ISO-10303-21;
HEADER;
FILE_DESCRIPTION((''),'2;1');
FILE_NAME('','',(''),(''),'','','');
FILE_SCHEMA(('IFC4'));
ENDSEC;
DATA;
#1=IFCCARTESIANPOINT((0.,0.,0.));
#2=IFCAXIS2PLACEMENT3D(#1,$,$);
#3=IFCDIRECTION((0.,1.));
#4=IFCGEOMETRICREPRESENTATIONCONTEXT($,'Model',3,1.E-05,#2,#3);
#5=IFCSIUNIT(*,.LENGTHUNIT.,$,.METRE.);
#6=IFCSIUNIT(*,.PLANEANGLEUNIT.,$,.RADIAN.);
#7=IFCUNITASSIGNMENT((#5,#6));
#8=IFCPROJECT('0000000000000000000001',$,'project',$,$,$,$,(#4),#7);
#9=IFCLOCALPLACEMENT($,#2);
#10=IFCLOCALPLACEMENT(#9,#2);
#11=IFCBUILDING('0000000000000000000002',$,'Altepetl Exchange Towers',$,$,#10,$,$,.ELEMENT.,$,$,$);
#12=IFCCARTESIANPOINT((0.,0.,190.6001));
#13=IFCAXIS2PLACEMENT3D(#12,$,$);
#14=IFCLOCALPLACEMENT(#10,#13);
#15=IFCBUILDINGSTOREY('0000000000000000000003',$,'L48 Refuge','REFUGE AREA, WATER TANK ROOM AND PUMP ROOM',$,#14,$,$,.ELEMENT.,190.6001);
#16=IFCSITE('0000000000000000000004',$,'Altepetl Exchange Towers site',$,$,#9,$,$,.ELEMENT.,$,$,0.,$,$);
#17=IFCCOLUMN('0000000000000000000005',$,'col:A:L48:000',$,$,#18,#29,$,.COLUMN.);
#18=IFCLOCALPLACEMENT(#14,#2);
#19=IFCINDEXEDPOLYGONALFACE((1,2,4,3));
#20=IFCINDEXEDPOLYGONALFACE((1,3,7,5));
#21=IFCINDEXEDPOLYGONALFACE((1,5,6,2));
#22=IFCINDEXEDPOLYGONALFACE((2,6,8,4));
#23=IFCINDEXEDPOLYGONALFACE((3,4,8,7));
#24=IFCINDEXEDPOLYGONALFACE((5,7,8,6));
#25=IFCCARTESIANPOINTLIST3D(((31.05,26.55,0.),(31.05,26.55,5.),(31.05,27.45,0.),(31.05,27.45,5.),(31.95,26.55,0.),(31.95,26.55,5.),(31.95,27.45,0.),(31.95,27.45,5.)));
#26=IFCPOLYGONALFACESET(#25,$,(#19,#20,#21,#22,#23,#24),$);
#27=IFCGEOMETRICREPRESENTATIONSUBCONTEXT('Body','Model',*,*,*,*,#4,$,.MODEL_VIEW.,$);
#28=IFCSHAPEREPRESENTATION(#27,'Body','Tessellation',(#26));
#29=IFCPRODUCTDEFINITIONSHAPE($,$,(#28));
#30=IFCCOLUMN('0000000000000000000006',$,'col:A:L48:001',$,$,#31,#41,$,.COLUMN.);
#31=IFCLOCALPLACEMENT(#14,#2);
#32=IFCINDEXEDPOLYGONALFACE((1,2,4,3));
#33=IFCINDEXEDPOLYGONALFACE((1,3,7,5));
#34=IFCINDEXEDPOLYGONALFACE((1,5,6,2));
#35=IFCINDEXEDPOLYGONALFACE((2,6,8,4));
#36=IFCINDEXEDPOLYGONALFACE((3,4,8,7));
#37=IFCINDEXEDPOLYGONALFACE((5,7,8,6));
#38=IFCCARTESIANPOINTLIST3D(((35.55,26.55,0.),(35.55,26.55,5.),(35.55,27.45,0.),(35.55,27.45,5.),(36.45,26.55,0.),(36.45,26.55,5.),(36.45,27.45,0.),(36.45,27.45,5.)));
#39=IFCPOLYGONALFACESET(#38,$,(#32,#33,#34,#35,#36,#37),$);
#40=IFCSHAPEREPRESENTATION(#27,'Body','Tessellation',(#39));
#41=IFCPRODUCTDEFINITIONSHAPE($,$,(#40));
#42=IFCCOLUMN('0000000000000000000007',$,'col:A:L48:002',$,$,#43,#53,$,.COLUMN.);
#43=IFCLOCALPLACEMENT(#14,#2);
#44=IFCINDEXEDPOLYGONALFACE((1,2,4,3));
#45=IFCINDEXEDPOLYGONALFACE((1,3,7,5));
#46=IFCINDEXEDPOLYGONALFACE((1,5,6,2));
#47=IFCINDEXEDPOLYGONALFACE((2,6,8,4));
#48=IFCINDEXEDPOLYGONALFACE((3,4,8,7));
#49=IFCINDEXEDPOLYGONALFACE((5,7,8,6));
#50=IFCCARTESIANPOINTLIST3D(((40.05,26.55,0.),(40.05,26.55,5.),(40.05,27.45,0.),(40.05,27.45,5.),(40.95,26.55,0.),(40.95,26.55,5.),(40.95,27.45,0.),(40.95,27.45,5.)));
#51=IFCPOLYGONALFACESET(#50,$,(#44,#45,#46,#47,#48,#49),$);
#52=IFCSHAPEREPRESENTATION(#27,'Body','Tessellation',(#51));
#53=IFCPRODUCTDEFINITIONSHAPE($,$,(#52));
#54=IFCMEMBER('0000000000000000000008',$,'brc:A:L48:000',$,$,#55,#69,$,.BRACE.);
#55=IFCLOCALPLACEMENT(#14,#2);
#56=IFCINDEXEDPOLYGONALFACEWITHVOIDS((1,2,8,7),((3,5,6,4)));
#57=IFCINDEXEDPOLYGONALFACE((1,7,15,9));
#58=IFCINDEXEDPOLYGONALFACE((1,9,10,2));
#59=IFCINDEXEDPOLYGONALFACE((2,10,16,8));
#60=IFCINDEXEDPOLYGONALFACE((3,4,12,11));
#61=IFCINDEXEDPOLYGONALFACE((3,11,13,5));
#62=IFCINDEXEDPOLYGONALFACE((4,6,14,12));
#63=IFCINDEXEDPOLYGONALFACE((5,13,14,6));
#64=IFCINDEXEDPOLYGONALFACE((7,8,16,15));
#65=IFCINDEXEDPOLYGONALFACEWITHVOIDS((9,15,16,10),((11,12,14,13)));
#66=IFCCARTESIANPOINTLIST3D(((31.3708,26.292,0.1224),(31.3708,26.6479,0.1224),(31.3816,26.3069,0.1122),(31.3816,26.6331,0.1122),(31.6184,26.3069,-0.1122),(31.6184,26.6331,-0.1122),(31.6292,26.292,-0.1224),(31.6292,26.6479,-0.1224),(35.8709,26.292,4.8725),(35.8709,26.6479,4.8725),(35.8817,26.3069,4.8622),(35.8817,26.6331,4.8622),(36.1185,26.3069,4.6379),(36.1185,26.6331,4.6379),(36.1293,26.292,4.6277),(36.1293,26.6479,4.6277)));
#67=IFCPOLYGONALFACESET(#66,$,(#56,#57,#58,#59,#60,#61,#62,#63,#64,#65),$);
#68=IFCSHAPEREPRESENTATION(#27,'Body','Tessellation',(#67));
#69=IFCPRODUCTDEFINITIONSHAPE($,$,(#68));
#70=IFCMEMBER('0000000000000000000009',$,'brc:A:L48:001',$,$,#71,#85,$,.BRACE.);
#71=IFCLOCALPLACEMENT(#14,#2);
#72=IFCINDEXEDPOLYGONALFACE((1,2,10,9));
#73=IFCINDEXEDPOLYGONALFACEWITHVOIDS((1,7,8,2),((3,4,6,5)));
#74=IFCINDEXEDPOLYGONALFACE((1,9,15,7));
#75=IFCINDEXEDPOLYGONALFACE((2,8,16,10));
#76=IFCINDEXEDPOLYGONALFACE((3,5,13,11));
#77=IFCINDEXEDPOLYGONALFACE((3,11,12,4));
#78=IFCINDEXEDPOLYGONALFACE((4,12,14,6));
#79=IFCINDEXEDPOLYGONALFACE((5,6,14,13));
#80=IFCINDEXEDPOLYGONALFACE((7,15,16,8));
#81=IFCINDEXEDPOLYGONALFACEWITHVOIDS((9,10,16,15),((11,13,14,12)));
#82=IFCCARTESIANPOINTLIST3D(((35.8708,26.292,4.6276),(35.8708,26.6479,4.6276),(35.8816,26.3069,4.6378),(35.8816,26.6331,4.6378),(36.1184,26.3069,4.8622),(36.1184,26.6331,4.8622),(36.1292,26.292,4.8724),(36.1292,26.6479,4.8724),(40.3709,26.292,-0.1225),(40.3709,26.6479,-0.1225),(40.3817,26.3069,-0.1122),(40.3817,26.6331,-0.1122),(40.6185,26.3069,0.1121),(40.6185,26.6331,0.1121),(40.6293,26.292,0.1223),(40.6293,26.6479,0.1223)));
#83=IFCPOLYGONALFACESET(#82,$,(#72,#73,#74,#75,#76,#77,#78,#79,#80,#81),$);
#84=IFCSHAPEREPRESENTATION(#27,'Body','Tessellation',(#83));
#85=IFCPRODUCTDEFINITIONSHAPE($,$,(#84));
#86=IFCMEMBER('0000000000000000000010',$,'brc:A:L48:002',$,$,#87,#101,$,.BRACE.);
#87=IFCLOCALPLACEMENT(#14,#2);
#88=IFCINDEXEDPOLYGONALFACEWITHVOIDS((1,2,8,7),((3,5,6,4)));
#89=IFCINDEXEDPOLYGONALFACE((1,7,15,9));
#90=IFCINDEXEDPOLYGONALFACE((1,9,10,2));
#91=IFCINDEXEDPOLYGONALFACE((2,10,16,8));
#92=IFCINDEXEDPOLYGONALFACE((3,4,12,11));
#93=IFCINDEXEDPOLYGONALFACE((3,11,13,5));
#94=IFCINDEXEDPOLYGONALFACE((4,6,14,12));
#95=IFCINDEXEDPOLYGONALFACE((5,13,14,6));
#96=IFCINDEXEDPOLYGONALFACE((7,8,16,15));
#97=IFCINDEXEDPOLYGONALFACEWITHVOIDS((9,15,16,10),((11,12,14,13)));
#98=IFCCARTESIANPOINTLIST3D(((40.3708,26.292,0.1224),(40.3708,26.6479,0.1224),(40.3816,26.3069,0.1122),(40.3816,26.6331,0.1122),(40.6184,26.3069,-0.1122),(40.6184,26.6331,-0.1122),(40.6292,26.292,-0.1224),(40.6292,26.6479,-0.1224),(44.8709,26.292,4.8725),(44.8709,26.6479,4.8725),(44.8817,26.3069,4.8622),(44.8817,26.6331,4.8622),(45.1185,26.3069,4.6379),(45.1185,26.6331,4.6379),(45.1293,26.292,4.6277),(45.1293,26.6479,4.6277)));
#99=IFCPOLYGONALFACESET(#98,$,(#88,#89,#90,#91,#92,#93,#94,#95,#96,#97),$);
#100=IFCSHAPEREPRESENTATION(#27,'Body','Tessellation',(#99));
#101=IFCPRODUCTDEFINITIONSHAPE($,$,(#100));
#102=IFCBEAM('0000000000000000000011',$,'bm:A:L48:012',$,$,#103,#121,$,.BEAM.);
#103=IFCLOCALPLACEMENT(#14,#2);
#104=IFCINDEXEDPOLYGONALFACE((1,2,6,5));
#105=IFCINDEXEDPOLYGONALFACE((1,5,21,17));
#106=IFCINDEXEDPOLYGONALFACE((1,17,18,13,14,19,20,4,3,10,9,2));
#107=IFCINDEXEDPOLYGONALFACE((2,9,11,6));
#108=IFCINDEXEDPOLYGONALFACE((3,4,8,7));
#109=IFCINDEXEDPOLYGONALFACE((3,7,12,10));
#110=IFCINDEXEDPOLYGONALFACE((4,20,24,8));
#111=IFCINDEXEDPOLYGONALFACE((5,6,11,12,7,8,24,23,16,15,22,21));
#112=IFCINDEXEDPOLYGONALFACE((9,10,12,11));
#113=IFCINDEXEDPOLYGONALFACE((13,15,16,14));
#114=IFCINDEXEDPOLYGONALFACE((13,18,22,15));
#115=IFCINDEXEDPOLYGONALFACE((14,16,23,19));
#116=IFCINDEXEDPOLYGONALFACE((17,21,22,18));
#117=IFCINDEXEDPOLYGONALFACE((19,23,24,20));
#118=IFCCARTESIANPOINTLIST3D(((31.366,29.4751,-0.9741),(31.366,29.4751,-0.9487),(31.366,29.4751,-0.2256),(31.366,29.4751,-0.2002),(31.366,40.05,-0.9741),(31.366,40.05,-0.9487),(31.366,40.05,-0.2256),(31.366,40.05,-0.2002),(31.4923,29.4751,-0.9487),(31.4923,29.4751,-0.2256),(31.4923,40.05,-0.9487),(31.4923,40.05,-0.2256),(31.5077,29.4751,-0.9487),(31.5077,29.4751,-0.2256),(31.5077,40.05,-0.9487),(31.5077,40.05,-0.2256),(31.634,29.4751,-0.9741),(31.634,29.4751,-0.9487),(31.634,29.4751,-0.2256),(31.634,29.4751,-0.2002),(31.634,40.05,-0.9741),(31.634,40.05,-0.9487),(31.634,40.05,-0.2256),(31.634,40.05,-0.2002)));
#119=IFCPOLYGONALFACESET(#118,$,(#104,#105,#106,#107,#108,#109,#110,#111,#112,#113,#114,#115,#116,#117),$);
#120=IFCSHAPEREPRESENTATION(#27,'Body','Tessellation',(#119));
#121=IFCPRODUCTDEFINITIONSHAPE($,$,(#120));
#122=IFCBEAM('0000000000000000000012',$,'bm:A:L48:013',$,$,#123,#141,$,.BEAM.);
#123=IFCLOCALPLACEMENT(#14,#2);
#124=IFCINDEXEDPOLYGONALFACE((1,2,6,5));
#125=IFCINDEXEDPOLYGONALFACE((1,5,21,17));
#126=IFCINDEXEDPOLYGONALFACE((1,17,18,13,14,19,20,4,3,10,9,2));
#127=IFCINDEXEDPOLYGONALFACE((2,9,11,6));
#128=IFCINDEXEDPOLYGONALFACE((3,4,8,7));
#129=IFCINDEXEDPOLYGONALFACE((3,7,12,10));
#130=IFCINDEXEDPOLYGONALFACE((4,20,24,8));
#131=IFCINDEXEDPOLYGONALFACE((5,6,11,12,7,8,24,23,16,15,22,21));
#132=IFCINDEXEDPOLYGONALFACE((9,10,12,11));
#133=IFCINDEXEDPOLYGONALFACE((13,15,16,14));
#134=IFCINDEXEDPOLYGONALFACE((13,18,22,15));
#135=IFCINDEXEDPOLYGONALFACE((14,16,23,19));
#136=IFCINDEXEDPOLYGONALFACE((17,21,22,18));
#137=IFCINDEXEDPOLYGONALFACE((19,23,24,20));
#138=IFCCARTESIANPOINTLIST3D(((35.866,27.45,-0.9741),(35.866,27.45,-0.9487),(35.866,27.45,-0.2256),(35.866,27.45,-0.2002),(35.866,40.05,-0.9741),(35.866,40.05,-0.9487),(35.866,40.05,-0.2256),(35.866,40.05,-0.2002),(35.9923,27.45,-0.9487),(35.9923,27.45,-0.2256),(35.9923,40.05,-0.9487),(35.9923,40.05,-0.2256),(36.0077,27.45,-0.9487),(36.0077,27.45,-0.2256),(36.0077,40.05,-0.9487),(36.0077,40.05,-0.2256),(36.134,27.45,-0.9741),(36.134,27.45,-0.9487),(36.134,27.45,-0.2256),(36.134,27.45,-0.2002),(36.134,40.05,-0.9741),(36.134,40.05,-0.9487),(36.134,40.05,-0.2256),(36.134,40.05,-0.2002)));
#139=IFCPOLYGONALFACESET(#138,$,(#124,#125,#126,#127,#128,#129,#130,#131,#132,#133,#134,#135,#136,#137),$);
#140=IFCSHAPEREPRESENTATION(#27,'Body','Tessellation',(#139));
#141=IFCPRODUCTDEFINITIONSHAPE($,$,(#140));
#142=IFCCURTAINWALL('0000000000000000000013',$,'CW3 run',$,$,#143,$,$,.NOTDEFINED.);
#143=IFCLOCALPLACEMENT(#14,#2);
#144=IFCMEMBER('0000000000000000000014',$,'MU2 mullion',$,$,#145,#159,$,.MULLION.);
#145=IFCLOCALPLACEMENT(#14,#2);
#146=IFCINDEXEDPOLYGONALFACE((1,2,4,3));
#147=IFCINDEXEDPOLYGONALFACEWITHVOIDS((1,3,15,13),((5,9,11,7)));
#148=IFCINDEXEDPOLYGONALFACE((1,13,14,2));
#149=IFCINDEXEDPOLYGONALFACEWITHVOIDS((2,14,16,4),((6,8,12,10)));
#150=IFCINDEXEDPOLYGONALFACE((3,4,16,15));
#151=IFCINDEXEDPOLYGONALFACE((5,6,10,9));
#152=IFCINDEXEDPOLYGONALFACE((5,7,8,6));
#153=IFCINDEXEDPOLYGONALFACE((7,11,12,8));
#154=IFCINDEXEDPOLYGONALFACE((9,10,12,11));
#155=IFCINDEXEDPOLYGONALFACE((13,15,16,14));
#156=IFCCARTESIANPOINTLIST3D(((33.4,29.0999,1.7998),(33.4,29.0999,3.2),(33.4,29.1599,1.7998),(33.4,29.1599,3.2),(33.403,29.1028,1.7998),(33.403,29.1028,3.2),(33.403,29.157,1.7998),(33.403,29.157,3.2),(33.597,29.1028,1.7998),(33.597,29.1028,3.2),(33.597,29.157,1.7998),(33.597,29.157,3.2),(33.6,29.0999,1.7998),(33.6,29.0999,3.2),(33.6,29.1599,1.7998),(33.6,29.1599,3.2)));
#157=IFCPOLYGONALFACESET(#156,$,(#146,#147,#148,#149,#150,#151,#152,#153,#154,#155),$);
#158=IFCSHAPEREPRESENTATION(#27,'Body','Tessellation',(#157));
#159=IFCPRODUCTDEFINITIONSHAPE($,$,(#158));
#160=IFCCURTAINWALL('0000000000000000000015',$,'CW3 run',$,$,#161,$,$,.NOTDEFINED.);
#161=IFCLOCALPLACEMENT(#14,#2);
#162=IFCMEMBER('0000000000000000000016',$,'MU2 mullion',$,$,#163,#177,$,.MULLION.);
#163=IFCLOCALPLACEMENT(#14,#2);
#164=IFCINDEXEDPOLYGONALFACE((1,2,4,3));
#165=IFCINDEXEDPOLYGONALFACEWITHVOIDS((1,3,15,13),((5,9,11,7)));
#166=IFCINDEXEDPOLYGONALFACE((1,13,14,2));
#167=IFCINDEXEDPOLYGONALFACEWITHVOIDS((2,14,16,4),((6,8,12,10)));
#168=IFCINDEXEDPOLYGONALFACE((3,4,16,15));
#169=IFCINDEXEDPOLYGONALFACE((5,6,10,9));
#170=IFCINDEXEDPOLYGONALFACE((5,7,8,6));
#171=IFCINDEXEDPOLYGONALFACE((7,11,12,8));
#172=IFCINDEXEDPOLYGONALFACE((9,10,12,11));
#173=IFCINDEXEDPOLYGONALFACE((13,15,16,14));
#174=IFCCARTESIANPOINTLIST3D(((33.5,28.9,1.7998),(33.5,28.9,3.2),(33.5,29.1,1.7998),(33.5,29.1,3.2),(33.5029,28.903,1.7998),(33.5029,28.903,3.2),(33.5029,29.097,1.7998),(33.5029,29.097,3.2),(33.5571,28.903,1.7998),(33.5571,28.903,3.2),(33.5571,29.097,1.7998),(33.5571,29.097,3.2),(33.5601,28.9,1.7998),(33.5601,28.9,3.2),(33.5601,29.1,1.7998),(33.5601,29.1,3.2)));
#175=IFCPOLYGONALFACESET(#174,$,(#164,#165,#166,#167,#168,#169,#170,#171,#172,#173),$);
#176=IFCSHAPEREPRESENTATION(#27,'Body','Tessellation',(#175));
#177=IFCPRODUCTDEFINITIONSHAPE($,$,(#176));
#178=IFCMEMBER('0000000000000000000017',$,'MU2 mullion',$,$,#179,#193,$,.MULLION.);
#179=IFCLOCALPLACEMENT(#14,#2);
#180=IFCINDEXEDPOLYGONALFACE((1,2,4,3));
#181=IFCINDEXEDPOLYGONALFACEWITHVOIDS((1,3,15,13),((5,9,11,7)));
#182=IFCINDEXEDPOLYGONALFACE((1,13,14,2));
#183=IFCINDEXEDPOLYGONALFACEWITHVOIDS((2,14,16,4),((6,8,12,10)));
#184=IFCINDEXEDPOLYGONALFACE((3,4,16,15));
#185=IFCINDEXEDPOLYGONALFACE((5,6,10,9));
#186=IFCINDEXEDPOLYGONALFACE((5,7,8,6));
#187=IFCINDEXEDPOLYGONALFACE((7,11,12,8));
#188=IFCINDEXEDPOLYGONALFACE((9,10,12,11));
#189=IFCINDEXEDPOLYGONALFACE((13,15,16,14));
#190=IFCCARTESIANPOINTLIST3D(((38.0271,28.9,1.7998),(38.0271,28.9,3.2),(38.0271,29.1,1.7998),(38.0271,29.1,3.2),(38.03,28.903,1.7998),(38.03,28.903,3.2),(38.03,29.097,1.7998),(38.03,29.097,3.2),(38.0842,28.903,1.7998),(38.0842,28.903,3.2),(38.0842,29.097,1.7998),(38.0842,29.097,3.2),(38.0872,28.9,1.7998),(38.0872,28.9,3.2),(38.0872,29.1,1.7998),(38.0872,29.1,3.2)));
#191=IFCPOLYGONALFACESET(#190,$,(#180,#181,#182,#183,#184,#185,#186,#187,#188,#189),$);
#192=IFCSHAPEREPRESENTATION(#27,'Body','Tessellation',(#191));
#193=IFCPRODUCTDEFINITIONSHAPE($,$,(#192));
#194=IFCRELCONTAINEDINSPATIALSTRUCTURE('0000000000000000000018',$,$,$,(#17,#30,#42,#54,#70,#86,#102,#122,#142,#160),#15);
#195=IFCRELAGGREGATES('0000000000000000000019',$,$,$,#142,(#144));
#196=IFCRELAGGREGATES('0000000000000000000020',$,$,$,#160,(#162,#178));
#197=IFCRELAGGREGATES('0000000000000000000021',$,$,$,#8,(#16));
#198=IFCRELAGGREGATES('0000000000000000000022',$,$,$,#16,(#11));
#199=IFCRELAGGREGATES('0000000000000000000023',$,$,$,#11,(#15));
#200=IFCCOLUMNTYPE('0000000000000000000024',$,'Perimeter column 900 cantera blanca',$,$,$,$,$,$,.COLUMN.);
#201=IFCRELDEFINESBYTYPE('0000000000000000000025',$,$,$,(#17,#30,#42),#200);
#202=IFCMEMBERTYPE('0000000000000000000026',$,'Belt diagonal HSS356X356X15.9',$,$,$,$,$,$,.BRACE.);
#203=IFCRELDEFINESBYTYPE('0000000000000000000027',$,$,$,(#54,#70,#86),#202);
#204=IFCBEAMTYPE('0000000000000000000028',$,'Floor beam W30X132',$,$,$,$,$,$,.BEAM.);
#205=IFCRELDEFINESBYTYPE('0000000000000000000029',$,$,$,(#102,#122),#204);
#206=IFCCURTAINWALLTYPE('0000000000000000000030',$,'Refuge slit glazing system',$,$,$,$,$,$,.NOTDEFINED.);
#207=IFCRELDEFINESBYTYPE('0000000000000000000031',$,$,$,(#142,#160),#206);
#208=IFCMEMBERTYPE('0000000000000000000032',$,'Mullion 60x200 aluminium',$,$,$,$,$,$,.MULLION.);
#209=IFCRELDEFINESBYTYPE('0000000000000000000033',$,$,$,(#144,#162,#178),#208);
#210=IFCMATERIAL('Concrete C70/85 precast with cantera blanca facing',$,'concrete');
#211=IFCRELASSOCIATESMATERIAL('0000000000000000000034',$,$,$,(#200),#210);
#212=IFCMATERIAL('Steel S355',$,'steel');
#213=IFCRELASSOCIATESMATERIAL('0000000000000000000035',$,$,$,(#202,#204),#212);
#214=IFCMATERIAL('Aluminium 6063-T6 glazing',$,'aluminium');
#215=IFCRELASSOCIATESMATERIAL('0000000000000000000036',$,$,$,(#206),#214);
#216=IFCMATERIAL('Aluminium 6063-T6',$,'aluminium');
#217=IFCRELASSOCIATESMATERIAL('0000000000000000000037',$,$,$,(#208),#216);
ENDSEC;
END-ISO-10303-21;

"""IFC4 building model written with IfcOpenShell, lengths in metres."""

from ifc_helpers import new_model, si_unit, direction, frame, origin, origin_2d, place, context, subcontext, project, spatial, rectangle, hollow_rectangle, i_section, extrude, material, material_profile, profile_set, type_object, element, aggregate, save


model = new_model("IFC4")

# Units and contexts
model_context = context("Model", 3, precision=1e-05, world=origin(), true_north=direction((0.0, 1.0)))
body_context = subcontext(model_context, "Body", "Model", "MODEL_VIEW")
ifc_project = project(units=[si_unit("LENGTHUNIT", "METRE"), si_unit("PLANEANGLEUNIT", "RADIAN")], contexts=[model_context])

# Site, building, storey
site_placement = place(None, origin())
site = spatial("IfcSite", under=ifc_project, at=site_placement, Name="Altepetl Exchange Towers site", CompositionType="ELEMENT", RefElevation=0.0)
building_placement = place(site_placement, origin())
building = spatial("IfcBuilding", under=site, at=building_placement, Name="Altepetl Exchange Towers", CompositionType="ELEMENT")
storey_placement = place(building_placement, frame((0.0, 0.0, 190.6001)))
storey = spatial("IfcBuildingStorey", under=building, at=storey_placement, Name="L48 Refuge", Description="REFUGE AREA, WATER TANK ROOM AND PUMP ROOM", CompositionType="ELEMENT", Elevation=190.6001)

# Columns
ifc_material_1 = material(Name="Concrete C70/85 precast with cantera blanca facing", Category="concrete")
ifc_material_profile_1 = material_profile(ifc_material_1, rectangle(XDim=0.8999, YDim=0.8999, at=origin_2d()), Name="900 x 900")
ifc_profile_set_1 = profile_set([ifc_material_profile_1], Name="Concrete C70/85 precast with cantera blanca facing")
column_type = type_object("IfcColumnType", Name="Perimeter column 900 cantera blanca", PredefinedType="COLUMN", material=ifc_profile_set_1)
for number, where, name in (
    (1, (31.5, 27.0, 0.0), "col:A:L48:000"),
    (2, (36.0, 27.0, 0.0), "col:A:L48:001"),
    (3, (40.5, 27.0, 0.0), "col:A:L48:002"),
):
    element("IfcColumn", number, at=place(storey_placement, frame(where)), inside=storey, type_object=column_type, Name=name, PredefinedType="COLUMN", context=body_context, shape_type="SweptSolid", body=[
        extrude(rectangle(XDim=0.8999, YDim=0.8999, at=origin_2d()), origin(), (0.0, 0.0, 1.0), 5.0),
    ])

# Members
ifc_material_2 = material(Name="Steel S355", Category="steel")
ifc_material_profile_2 = material_profile(ifc_material_2, hollow_rectangle(XDim=0.356, YDim=0.356, WallThickness=0.0149, at=origin_2d()), Name="HSS356X356X15.9")
ifc_profile_set_2 = profile_set([ifc_material_profile_2], Name="Steel S355")
member_type_1 = type_object("IfcMemberType", Name="Belt diagonal HSS356X356X15.9", PredefinedType="BRACE", material=ifc_profile_set_2)
for number, where, z_axis, x_axis, name in (
    (4, (31.5, 26.47, 0.0), (0.687745, 0.0, 0.725953), (0.0, 1.0, 0.0), "brc:A:L48:000"),
    (5, (36.0, 26.47, 4.75), (0.687745, 0.0, -0.725953), (0.0, 1.0, 0.0), "brc:A:L48:001"),
    (6, (40.5, 26.47, 0.0), (0.687745, 0.0, 0.725953), (0.0, 1.0, 0.0), "brc:A:L48:002"),
):
    element("IfcMember", number, at=place(storey_placement, frame(where, z_axis=z_axis, x_axis=x_axis)), inside=storey, type_object=member_type_1, Name=name, PredefinedType="BRACE", context=body_context, shape_type="SweptSolid", body=[
        extrude(hollow_rectangle(XDim=0.356, YDim=0.356, WallThickness=0.0149, at=origin_2d()), origin(), (0.0, 0.0, 1.0), 6.5432),
    ])

# Beams
ifc_material_profile_3 = material_profile(ifc_material_2, i_section(OverallWidth=0.2681, OverallDepth=0.7739, WebThickness=0.0154, FlangeThickness=0.0254, at=origin_2d()), Name="W30X132")
ifc_profile_set_3 = profile_set([ifc_material_profile_3], Name="Steel S355")
beam_type_1 = type_object("IfcBeamType", Name="Floor beam W30X132", PredefinedType="BEAM", material=ifc_profile_set_3)
beam_1_placement = place(storey_placement, frame((31.5, 29.4751, -0.5872), z_axis=(0.0, 1.0, 0.0), x_axis=(-1.0, 0.0, 0.0)))
element("IfcBeam", 7, at=beam_1_placement, inside=storey, type_object=beam_type_1, Name="bm:A:L48:012", PredefinedType="BEAM", context=body_context, shape_type="SweptSolid", body=[
    extrude(i_section(OverallWidth=0.2681, OverallDepth=0.7739, WebThickness=0.0154, FlangeThickness=0.0254, at=origin_2d()), origin(), (0.0, 0.0, 1.0), 10.575),
])
beam_2_placement = place(storey_placement, frame((36.0, 27.45, -0.5872), z_axis=(0.0, 1.0, 0.0), x_axis=(-1.0, 0.0, 0.0)))
element("IfcBeam", 8, at=beam_2_placement, inside=storey, type_object=beam_type_1, Name="bm:A:L48:013", PredefinedType="BEAM", context=body_context, shape_type="SweptSolid", body=[
    extrude(i_section(OverallWidth=0.2681, OverallDepth=0.7739, WebThickness=0.0154, FlangeThickness=0.0254, at=origin_2d()), origin(), (0.0, 0.0, 1.0), 12.6001),
])

# Curtain wall, member
ifc_material_3 = material(Name="Aluminium 6063-T6 glazing", Category="aluminium")
curtain_wall_type = type_object("IfcCurtainWallType", Name="Refuge slit glazing system", PredefinedType="NOTDEFINED", material=ifc_material_3)
curtain_wall_1_placement = place(storey_placement, origin())
curtain_wall_1 = element("IfcCurtainWall", 9, at=curtain_wall_1_placement, inside=storey, type_object=curtain_wall_type, Name="CW3 run", PredefinedType="NOTDEFINED")
ifc_material_4 = material(Name="Aluminium 6063-T6", Category="aluminium")
ifc_material_profile_4 = material_profile(ifc_material_4, hollow_rectangle(XDim=0.0601, YDim=0.2, WallThickness=0.0029, at=origin_2d()), Name="Mullion 60x200 aluminium")
ifc_profile_set_4 = profile_set([ifc_material_profile_4], Name="Aluminium 6063-T6")
member_type_2 = type_object("IfcMemberType", Name="Mullion 60x200 aluminium", PredefinedType="MULLION", material=ifc_profile_set_4)
member_1_placement = place(storey_placement, frame((33.5, 29.1299, 1.7998), z_axis=(0.0, 0.0, 1.0), x_axis=(0.0, -1.0, 0.0)))
member_1 = element("IfcMember", 10, at=member_1_placement, type_object=member_type_2, Name="MU2 mullion", PredefinedType="MULLION", context=body_context, shape_type="SweptSolid", body=[
    extrude(hollow_rectangle(XDim=0.0601, YDim=0.2, WallThickness=0.0029, at=origin_2d()), origin(), (0.0, 0.0, 1.0), 1.4001),
])

# Curtain wall, members
curtain_wall_2_placement = place(storey_placement, origin())
curtain_wall_2 = element("IfcCurtainWall", 11, at=curtain_wall_2_placement, inside=storey, type_object=curtain_wall_type, Name="CW3 run", PredefinedType="NOTDEFINED")
member_2_placement = place(storey_placement, frame((33.53, 29.0, 1.7998)))
member_2 = element("IfcMember", 12, at=member_2_placement, type_object=member_type_2, Name="MU2 mullion", PredefinedType="MULLION", context=body_context, shape_type="SweptSolid", body=[
    extrude(hollow_rectangle(XDim=0.0601, YDim=0.2, WallThickness=0.0029, at=origin_2d()), origin(), (0.0, 0.0, 1.0), 1.4001),
])
member_3_placement = place(storey_placement, frame((38.0571, 29.0, 1.7998)))
member_3 = element("IfcMember", 13, at=member_3_placement, type_object=member_type_2, Name="MU2 mullion", PredefinedType="MULLION", context=body_context, shape_type="SweptSolid", body=[
    extrude(hollow_rectangle(XDim=0.0601, YDim=0.2, WallThickness=0.0029, at=origin_2d()), origin(), (0.0, 0.0, 1.0), 1.4001),
])

aggregate(curtain_wall_1, [member_1])
aggregate(curtain_wall_2, [member_2, member_3])

save(model, "model.ifc")
